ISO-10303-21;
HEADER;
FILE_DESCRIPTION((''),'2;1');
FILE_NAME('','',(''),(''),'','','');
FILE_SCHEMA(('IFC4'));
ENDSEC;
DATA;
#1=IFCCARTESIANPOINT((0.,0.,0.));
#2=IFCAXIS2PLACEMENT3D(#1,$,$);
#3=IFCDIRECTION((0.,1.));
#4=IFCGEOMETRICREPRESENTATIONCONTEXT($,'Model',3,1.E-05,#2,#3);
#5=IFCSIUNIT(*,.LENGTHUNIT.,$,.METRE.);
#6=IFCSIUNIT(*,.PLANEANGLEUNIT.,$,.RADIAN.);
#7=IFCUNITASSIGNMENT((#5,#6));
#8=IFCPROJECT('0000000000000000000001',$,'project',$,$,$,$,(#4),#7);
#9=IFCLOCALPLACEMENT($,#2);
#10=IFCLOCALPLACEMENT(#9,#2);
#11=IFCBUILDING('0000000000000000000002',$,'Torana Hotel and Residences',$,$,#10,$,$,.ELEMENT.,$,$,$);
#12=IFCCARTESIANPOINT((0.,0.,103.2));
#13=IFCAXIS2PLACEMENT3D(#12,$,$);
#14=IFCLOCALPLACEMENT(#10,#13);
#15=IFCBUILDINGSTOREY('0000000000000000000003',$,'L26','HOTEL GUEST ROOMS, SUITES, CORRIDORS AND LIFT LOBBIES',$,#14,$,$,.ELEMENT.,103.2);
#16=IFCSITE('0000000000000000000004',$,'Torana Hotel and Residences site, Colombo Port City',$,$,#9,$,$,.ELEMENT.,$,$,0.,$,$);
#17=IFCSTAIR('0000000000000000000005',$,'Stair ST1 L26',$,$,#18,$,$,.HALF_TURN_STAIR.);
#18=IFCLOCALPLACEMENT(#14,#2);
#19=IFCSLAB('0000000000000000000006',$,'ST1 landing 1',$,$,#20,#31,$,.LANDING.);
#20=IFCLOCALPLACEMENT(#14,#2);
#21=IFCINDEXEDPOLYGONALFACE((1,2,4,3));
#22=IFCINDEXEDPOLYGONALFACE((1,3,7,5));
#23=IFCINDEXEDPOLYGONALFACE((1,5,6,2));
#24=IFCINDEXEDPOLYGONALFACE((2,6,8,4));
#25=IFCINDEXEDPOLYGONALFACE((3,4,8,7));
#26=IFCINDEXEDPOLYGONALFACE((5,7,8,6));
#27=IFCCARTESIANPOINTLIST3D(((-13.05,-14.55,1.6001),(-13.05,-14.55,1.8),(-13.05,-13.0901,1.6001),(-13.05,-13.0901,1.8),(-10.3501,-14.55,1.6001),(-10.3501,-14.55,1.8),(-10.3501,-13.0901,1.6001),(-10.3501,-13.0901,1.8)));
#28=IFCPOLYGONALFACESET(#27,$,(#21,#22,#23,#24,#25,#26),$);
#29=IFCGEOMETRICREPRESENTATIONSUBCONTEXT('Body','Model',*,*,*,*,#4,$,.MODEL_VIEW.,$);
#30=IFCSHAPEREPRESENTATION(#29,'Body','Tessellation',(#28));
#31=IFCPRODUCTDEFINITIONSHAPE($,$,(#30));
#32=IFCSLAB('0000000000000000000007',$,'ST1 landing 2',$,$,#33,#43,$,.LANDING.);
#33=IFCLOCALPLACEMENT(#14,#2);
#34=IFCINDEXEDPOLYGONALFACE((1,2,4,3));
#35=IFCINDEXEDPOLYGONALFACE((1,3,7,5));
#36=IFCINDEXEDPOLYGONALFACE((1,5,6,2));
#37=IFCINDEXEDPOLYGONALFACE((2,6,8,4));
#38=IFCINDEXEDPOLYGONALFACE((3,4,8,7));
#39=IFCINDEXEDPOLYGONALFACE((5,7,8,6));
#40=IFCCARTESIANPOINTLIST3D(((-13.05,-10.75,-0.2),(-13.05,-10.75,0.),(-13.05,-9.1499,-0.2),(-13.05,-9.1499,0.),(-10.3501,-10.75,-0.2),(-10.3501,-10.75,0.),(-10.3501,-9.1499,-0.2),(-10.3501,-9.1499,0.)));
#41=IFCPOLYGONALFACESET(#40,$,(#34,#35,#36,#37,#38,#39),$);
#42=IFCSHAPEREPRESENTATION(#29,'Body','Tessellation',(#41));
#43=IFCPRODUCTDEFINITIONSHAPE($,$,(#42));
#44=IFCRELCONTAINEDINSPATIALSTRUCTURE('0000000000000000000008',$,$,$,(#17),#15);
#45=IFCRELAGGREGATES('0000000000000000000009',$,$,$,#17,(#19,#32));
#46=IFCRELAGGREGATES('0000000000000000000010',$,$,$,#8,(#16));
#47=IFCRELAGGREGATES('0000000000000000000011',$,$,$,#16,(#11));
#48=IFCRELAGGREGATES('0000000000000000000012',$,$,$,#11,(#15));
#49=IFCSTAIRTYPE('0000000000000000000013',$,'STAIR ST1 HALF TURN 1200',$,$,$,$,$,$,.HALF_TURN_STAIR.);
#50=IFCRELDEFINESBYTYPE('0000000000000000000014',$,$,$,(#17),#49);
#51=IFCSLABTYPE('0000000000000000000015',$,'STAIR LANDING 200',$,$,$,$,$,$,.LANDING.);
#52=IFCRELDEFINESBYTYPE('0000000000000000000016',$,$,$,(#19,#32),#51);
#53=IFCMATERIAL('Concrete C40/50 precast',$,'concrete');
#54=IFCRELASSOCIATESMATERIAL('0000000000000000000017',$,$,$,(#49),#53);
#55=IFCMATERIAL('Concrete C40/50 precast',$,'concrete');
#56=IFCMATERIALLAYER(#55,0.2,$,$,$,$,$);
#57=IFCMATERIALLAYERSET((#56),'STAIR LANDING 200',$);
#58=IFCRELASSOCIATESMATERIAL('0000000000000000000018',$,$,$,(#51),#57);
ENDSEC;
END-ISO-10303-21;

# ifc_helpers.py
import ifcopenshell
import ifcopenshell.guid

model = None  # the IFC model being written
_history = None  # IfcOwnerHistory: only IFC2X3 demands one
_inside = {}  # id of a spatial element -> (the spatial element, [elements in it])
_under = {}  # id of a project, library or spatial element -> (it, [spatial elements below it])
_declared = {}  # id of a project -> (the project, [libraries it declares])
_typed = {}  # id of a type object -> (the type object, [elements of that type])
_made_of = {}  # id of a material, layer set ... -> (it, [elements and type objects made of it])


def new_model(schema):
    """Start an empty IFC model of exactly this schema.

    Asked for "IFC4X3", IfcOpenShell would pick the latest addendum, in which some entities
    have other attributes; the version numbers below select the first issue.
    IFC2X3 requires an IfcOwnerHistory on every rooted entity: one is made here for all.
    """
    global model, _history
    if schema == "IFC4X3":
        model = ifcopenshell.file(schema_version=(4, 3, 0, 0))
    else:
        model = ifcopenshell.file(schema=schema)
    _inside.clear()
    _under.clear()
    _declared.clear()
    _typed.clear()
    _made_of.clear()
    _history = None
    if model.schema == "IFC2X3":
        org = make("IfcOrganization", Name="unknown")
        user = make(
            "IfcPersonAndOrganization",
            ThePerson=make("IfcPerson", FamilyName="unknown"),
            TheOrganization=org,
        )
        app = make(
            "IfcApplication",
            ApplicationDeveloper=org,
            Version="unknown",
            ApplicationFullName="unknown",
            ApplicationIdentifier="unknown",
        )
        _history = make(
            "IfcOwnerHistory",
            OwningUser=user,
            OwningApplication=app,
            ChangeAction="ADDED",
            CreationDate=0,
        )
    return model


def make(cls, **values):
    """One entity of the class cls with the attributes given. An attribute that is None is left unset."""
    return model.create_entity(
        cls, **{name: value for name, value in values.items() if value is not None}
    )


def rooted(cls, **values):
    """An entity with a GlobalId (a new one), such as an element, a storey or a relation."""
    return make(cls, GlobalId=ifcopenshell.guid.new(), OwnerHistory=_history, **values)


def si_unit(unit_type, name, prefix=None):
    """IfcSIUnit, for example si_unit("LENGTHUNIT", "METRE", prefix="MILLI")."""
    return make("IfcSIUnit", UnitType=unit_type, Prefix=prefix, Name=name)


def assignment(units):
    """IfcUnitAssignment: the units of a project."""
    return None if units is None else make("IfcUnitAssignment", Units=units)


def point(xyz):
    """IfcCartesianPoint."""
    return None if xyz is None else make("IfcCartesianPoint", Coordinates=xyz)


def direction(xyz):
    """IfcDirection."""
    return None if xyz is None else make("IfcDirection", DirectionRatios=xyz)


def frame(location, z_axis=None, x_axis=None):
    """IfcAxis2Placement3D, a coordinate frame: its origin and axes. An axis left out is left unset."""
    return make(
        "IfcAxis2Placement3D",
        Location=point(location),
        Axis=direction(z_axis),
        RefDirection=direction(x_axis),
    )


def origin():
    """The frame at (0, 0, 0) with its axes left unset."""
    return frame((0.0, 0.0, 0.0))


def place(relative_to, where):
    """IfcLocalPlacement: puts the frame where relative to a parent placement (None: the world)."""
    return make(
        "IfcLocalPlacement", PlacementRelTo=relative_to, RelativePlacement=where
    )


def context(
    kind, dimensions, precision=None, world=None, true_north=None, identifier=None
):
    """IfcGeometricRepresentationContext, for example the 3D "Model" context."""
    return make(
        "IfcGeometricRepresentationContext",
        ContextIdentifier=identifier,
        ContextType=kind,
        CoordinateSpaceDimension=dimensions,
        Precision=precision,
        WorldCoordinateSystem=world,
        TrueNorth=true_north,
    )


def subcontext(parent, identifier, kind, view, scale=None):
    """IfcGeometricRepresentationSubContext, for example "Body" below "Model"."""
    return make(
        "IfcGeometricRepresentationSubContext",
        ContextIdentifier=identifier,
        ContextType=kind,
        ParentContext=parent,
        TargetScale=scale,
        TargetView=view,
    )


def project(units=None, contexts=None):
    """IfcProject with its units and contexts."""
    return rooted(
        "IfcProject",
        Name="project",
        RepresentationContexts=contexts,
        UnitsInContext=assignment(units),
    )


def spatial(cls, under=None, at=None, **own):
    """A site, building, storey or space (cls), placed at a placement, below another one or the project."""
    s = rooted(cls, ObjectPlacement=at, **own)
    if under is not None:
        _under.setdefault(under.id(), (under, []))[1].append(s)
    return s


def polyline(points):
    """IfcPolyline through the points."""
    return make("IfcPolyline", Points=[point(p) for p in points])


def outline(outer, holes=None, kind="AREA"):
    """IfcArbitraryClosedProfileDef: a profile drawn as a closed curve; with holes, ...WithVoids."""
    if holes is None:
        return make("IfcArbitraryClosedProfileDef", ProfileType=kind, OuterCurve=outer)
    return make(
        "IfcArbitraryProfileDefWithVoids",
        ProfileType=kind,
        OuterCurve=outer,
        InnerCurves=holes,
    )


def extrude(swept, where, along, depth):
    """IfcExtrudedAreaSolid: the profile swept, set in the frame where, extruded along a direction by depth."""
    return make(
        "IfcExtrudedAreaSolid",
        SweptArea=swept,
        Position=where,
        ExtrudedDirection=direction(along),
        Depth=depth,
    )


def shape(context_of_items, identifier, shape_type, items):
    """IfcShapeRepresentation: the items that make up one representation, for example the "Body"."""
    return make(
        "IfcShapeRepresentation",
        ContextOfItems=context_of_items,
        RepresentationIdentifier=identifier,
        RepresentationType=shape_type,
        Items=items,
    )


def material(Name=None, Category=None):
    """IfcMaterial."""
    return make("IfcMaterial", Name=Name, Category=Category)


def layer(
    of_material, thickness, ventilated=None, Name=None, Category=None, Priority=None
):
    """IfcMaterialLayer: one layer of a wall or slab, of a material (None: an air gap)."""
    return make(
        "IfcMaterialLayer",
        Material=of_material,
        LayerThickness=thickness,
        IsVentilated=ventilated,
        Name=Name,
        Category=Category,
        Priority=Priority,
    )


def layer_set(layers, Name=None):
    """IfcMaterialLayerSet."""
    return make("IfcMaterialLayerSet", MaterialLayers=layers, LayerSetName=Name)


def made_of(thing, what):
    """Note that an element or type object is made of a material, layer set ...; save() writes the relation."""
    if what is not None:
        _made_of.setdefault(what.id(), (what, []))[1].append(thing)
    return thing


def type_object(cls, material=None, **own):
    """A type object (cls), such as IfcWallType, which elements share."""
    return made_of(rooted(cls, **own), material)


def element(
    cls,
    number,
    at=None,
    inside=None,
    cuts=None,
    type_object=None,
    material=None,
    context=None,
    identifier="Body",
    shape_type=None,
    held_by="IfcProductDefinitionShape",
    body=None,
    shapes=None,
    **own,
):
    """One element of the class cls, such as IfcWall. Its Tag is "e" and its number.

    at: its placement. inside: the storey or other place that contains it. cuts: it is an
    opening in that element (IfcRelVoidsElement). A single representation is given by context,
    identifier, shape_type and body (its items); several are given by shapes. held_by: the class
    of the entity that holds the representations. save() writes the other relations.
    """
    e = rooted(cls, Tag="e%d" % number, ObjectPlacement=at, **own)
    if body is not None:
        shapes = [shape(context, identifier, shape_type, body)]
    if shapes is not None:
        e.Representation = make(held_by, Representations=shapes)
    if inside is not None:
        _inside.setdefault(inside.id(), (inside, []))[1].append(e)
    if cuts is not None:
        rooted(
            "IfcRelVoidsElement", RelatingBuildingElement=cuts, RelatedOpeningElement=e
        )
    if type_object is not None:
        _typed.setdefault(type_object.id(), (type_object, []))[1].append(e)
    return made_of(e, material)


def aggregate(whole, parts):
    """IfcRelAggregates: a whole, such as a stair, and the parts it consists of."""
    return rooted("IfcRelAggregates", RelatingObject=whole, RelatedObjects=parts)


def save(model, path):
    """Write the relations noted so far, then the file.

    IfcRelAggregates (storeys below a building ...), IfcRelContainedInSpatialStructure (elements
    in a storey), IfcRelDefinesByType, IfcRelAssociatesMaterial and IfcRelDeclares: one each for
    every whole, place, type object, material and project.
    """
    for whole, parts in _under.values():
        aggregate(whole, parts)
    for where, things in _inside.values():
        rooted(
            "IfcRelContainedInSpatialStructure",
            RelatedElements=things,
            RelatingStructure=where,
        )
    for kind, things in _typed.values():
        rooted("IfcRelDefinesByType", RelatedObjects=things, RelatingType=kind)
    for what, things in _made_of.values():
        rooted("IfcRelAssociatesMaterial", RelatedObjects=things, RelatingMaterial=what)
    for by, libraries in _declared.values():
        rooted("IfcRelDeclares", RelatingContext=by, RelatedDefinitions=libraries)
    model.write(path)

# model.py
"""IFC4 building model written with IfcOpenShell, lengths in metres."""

from ifc_helpers import new_model, si_unit, direction, frame, origin, place, context, subcontext, project, spatial, polyline, outline, extrude, material, layer, layer_set, type_object, element, aggregate, save


model = new_model("IFC4")

# Units and contexts
model_context = context("Model", 3, precision=1e-05, world=origin(), true_north=direction((0.0, 1.0)))
body_context = subcontext(model_context, "Body", "Model", "MODEL_VIEW")
ifc_project = project(units=[si_unit("LENGTHUNIT", "METRE"), si_unit("PLANEANGLEUNIT", "RADIAN")], contexts=[model_context])

# Site, building, storey
site_placement = place(None, origin())
site = spatial("IfcSite", under=ifc_project, at=site_placement, Name="Torana Hotel and Residences site, Colombo Port City", CompositionType="ELEMENT", RefElevation=0.0)
building_placement = place(site_placement, origin())
building = spatial("IfcBuilding", under=site, at=building_placement, Name="Torana Hotel and Residences", CompositionType="ELEMENT")
storey_placement = place(building_placement, frame((0.0, 0.0, 103.2)))
storey = spatial("IfcBuildingStorey", under=building, at=storey_placement, Name="L26", Description="HOTEL GUEST ROOMS, SUITES, CORRIDORS AND LIFT LOBBIES", CompositionType="ELEMENT", Elevation=103.2)

# Stair, slabs
ifc_material_1 = material(Name="Concrete C40/50 precast", Category="concrete")
stair_type = type_object("IfcStairType", Name="STAIR ST1 HALF TURN 1200", PredefinedType="HALF_TURN_STAIR", material=ifc_material_1)
stair_placement = place(storey_placement, origin())
stair = element("IfcStair", 1, at=stair_placement, inside=storey, type_object=stair_type, Name="Stair ST1 L26", PredefinedType="HALF_TURN_STAIR")
ifc_material_2 = material(Name="Concrete C40/50 precast", Category="concrete")
ifc_layer_1 = layer(ifc_material_2, 0.2)
ifc_layer_set_1 = layer_set([ifc_layer_1], Name="STAIR LANDING 200")
slab_type_1 = type_object("IfcSlabType", Name="STAIR LANDING 200", PredefinedType="LANDING", material=ifc_layer_set_1)
slab_1_placement = place(storey_placement, frame((0.0, 0.0, 1.6001)))
slab_1 = element("IfcSlab", 2, at=slab_1_placement, type_object=slab_type_1, Name="ST1 landing 1", PredefinedType="LANDING", context=body_context, shape_type="SweptSolid", body=[
    extrude(outline(polyline([(-13.05, -14.55), (-10.3501, -14.55), (-10.3501, -13.0901), (-13.05, -13.0901), (-13.05, -14.55)])), origin(), (0.0, 0.0, 1.0), 0.2),
])
slab_2_placement = place(storey_placement, frame((0.0, 0.0, -0.2)))
slab_2 = element("IfcSlab", 3, at=slab_2_placement, type_object=slab_type_1, Name="ST1 landing 2", PredefinedType="LANDING", context=body_context, shape_type="SweptSolid", body=[
    extrude(outline(polyline([(-13.05, -10.75), (-10.3501, -10.75), (-10.3501, -9.1499), (-13.05, -9.1499), (-13.05, -10.75)])), origin(), (0.0, 0.0, 1.0), 0.2),
])
aggregate(stair, [slab_1, slab_2])

save(model, "model.ifc")
